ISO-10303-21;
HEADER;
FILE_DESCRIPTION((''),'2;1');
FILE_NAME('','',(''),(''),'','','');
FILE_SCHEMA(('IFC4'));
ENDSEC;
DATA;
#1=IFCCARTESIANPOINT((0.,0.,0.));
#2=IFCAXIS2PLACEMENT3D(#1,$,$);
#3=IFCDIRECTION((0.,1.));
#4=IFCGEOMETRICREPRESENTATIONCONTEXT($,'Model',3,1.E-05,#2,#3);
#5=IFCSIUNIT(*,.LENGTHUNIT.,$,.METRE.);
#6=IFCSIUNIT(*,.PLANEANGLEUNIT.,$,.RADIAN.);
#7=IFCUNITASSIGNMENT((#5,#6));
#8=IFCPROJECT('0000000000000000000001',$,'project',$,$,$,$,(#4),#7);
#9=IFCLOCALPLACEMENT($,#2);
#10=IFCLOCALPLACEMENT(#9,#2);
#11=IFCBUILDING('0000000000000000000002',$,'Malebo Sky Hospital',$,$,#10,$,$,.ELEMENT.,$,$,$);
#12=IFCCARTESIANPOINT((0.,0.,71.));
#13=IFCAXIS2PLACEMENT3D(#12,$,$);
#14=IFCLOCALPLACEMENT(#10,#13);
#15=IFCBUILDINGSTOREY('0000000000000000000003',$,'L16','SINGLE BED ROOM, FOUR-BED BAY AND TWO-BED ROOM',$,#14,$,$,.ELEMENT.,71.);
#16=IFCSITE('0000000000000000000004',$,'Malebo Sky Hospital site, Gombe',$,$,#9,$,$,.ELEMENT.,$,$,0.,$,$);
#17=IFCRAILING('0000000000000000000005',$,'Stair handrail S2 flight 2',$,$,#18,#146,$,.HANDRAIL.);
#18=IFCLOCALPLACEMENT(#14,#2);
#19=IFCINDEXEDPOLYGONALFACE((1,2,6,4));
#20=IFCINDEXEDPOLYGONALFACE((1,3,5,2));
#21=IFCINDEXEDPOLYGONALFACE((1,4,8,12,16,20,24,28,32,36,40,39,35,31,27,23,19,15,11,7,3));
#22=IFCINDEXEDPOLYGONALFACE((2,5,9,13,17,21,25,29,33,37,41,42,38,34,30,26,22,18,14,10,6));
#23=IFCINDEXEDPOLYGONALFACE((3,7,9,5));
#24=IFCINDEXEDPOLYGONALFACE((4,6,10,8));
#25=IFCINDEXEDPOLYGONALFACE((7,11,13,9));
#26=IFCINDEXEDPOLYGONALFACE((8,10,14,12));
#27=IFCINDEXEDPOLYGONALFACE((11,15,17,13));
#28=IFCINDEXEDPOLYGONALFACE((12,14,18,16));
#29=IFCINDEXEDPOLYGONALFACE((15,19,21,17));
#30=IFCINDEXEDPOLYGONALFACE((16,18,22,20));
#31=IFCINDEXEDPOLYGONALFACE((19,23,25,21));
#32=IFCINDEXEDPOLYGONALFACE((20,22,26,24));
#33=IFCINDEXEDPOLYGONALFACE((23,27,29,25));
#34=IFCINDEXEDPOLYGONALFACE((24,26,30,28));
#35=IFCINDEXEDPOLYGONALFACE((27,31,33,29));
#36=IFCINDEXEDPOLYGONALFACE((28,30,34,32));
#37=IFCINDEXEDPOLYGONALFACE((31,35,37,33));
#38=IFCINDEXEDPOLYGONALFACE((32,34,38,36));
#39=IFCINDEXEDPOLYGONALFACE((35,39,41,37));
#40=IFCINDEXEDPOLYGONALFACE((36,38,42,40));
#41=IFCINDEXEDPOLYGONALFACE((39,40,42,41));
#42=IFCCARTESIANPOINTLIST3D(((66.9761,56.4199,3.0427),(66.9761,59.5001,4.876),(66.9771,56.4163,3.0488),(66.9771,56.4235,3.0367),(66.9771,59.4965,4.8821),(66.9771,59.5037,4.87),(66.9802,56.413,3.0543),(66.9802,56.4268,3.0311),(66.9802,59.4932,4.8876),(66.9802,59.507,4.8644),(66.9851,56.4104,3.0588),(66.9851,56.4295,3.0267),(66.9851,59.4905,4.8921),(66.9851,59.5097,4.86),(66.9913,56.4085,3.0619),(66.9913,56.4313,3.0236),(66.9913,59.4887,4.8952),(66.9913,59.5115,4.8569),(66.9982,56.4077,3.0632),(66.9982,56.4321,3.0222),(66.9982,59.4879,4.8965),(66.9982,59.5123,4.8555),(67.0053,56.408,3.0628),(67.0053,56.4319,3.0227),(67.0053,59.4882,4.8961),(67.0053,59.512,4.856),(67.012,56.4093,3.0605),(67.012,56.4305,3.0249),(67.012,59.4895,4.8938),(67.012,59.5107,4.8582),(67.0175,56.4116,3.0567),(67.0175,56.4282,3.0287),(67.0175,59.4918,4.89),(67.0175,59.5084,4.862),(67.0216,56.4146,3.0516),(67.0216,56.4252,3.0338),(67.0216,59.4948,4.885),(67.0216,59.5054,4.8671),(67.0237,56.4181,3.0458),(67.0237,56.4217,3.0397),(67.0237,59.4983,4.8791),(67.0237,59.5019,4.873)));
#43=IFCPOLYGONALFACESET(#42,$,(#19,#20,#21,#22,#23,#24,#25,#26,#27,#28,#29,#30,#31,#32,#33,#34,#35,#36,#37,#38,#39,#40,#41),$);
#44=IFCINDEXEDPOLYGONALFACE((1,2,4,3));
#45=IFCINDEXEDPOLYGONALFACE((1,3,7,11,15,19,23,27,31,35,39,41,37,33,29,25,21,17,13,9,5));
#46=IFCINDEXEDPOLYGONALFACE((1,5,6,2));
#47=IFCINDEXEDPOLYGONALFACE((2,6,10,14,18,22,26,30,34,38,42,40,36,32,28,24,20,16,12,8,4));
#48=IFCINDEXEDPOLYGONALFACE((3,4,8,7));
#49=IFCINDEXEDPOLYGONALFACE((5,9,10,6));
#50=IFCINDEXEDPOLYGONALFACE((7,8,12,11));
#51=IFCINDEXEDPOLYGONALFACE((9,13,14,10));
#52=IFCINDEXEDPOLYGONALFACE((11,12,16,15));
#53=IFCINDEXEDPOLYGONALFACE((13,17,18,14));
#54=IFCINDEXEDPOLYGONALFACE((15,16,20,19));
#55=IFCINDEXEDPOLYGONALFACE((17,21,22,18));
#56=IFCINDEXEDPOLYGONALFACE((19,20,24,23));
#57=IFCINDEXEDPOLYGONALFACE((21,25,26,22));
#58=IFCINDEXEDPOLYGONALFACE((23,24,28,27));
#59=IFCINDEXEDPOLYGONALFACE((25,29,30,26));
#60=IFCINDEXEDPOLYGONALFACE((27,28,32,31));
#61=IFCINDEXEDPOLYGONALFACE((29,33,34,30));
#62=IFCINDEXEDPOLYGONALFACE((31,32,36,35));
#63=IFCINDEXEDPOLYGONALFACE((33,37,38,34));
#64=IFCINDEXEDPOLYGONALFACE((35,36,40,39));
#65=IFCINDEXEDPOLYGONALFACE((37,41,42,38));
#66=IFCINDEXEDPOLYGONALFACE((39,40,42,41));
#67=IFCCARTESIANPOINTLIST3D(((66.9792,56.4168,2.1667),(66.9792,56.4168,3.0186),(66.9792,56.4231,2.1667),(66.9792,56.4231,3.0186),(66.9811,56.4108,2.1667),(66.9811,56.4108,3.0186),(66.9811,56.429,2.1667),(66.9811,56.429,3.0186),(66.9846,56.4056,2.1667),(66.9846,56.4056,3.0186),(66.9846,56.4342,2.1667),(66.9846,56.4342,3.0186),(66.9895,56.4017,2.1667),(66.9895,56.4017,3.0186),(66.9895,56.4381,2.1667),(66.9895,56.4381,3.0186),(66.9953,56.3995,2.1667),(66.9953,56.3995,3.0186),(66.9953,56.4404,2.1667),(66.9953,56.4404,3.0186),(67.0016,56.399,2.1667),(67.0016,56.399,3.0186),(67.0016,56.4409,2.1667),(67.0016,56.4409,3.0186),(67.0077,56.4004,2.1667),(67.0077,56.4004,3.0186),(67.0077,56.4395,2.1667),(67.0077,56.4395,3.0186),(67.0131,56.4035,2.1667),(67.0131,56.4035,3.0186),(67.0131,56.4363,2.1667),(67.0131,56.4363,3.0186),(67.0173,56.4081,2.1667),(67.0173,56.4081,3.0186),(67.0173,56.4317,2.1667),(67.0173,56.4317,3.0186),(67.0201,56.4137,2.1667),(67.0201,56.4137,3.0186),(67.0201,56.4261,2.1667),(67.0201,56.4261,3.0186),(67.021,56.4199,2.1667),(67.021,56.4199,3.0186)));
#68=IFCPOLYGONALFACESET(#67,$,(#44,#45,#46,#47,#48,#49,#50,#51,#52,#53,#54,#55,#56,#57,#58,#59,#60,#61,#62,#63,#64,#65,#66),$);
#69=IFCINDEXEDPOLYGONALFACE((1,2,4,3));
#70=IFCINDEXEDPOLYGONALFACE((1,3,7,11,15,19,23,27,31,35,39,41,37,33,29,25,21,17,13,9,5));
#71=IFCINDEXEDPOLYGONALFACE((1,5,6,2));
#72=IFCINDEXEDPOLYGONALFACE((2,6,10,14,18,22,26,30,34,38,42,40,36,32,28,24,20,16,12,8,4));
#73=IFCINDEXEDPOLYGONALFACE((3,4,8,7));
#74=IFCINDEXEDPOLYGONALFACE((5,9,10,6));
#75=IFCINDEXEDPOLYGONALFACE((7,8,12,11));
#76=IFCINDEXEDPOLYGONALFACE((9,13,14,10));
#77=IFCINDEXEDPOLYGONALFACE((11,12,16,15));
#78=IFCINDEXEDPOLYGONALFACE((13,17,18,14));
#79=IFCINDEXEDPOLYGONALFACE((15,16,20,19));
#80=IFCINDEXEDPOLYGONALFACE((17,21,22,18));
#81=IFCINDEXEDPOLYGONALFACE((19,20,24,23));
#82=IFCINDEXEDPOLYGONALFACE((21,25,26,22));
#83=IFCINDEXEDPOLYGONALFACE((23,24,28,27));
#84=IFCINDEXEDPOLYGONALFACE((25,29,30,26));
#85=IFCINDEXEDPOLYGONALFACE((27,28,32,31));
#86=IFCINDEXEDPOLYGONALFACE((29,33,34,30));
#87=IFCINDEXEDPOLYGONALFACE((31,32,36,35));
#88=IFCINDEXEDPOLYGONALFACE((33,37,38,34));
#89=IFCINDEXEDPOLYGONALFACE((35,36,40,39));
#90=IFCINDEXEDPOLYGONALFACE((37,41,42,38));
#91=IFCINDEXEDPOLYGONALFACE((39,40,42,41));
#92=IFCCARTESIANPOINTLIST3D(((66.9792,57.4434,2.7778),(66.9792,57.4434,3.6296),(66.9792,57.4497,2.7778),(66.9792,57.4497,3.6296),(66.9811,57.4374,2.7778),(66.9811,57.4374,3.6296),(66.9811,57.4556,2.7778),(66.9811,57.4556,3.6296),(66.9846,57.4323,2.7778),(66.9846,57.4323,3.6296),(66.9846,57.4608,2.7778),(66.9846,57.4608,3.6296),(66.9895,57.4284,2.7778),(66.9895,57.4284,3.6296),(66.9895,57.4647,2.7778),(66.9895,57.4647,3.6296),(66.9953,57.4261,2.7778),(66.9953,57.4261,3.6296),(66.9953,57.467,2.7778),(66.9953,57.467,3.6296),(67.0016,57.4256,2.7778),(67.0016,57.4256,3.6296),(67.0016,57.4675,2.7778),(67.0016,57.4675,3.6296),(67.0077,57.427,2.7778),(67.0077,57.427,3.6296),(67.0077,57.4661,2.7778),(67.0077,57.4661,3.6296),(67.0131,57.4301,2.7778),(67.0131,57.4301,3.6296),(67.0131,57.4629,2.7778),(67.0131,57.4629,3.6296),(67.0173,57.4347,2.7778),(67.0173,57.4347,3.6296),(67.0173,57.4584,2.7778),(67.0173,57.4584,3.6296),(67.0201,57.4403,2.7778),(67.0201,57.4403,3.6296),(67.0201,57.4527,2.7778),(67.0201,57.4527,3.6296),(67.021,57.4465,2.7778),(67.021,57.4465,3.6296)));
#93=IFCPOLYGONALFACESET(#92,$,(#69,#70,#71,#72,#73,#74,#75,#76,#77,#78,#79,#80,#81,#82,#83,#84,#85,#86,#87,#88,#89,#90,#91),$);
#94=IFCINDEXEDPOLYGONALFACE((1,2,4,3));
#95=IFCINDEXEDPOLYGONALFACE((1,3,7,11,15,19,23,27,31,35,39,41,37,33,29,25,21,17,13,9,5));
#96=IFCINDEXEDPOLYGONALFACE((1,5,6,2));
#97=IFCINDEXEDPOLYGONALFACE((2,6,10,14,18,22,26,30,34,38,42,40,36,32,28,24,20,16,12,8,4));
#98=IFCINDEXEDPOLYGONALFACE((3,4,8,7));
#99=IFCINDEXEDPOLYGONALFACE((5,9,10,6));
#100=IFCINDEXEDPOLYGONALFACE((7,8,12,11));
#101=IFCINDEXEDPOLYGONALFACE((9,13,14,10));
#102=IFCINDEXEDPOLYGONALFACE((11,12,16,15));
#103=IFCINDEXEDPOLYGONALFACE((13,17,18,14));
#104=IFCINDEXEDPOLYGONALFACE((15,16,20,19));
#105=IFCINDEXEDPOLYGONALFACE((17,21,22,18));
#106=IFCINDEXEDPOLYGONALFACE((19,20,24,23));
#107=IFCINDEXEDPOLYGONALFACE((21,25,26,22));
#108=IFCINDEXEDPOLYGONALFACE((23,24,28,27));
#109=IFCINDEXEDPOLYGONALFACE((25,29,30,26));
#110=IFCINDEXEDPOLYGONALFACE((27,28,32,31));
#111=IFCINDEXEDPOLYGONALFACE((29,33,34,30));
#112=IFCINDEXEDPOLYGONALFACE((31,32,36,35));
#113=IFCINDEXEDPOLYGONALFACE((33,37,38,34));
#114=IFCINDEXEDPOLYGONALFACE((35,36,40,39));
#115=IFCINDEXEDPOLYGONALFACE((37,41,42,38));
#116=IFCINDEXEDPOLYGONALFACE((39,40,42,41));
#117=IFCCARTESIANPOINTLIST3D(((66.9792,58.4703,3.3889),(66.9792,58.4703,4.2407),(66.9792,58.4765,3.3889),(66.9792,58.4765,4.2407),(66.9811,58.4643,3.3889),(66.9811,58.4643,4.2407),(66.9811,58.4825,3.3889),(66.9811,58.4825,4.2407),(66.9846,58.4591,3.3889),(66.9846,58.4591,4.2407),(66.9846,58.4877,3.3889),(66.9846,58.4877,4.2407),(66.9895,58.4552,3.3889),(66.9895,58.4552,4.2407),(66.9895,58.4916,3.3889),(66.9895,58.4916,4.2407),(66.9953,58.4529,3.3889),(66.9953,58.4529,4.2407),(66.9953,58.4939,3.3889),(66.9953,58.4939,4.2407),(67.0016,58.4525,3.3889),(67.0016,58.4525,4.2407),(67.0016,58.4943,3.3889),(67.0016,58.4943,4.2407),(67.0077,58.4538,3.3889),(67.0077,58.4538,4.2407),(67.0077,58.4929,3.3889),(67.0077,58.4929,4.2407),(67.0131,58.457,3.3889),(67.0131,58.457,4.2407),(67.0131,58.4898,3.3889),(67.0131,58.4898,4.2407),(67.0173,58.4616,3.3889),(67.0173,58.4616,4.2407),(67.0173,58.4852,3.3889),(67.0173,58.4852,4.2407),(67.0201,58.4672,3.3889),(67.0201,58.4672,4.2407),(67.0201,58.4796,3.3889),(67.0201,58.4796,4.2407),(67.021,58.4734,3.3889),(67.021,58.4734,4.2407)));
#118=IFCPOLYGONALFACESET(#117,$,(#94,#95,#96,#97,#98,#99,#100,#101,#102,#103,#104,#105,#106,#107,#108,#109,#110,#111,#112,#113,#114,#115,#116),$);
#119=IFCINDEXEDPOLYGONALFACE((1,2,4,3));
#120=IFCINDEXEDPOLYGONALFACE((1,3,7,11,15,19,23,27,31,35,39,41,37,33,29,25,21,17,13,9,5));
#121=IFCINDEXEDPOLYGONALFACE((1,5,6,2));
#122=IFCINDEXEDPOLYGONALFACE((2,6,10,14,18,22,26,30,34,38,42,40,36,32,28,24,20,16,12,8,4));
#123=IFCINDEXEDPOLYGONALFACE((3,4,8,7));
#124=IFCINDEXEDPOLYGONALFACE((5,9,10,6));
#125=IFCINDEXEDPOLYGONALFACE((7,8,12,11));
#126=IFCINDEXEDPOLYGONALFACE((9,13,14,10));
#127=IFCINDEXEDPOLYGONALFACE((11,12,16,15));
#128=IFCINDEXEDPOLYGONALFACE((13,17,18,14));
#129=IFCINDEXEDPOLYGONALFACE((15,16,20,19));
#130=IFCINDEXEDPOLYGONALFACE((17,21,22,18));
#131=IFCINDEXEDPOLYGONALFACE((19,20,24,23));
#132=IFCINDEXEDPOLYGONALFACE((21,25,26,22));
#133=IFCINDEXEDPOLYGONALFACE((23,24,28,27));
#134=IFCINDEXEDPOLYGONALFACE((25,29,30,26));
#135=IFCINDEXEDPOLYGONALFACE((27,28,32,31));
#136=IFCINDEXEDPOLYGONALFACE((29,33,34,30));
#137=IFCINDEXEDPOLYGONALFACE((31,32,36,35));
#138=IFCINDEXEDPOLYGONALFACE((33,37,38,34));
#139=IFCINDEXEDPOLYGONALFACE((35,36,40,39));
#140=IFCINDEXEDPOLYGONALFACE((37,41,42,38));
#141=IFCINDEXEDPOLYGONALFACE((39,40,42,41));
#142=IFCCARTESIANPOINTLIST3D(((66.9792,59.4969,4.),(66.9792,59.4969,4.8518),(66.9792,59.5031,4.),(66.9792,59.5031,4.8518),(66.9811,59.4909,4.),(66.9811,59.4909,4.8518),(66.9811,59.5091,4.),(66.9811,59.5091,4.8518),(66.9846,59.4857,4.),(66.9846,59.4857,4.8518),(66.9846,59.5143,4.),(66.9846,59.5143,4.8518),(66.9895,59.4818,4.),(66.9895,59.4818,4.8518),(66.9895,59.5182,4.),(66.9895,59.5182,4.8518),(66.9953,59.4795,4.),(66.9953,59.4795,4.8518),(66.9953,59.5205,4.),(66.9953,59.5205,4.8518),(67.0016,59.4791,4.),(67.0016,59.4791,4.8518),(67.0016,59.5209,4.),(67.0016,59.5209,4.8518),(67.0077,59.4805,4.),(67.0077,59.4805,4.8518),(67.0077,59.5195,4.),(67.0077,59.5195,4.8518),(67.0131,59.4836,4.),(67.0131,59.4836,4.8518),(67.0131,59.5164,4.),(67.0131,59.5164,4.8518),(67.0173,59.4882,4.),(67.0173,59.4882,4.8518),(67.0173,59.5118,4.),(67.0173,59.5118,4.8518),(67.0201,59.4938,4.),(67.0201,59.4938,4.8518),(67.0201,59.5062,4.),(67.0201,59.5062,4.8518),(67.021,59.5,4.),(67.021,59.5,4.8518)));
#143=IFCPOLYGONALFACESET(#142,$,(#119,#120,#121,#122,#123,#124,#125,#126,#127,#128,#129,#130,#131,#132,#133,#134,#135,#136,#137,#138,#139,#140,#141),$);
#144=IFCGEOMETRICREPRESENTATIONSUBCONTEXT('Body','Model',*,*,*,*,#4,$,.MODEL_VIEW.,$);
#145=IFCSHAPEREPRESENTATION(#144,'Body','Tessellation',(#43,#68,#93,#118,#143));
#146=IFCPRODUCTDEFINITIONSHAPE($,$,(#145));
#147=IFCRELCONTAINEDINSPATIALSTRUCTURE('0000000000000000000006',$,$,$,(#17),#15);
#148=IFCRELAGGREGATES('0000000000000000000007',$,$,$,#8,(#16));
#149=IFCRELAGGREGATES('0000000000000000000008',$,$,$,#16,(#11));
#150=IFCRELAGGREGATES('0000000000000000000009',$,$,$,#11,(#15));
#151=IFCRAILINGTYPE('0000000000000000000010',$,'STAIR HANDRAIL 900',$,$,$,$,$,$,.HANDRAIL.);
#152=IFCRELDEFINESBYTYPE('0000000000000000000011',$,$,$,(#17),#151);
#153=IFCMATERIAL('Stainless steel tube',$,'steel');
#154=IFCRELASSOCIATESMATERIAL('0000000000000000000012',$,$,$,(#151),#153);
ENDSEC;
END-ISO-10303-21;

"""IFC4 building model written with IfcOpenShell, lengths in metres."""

from ifc_helpers import new_model, si_unit, direction, frame, origin, origin_2d, place, context, subcontext, project, spatial, circle, extrude, material, type_object, element, save


model = new_model("IFC4")

# Units and contexts
model_context = context("Model", 3, precision=1e-05, world=origin(), true_north=direction((0.0, 1.0)))
body_context = subcontext(model_context, "Body", "Model", "MODEL_VIEW")
ifc_project = project(units=[si_unit("LENGTHUNIT", "METRE"), si_unit("PLANEANGLEUNIT", "RADIAN")], contexts=[model_context])

# Site, building, storey
site_placement = place(None, origin())
site = spatial("IfcSite", under=ifc_project, at=site_placement, Name="Malebo Sky Hospital site, Gombe", CompositionType="ELEMENT", RefElevation=0.0)
building_placement = place(site_placement, origin())
building = spatial("IfcBuilding", under=site, at=building_placement, Name="Malebo Sky Hospital", CompositionType="ELEMENT")
storey_placement = place(building_placement, frame((0.0, 0.0, 71.0)))
storey = spatial("IfcBuildingStorey", under=building, at=storey_placement, Name="L16", Description="SINGLE BED ROOM, FOUR-BED BAY AND TWO-BED ROOM", CompositionType="ELEMENT", Elevation=71.0)

# Railing
ifc_material_1 = material(Name="Stainless steel tube", Category="steel")
railing_type = type_object("IfcRailingType", Name="STAIR HANDRAIL 900", PredefinedType="HANDRAIL", material=ifc_material_1)
railing_1_placement = place(storey_placement, frame((67.0, 56.4199, 2.1667)))
element("IfcRailing", 1, at=railing_1_placement, inside=storey, type_object=railing_type, Name="Stair handrail S2 flight 2", PredefinedType="HANDRAIL", context=body_context, shape_type="SweptSolid", body=[
    extrude(circle(Radius=0.0239, at=origin_2d()), frame((0.0, 0.0, 0.876), z_axis=(0.0, 0.859309, 0.511458), x_axis=(-1.0, 0.0, 0.0)), (0.0, 0.0, 1.0), 3.5845),
    extrude(circle(Radius=0.021, at=origin_2d()), origin(), (0.0, 0.0, 1.0), 0.8518),
    extrude(circle(Radius=0.021, at=origin_2d()), frame((0.0, 1.0266, 0.6111)), (0.0, 0.0, 1.0), 0.8518),
    extrude(circle(Radius=0.021, at=origin_2d()), frame((0.0, 2.0535, 1.2222)), (0.0, 0.0, 1.0), 0.8518),
    extrude(circle(Radius=0.021, at=origin_2d()), frame((0.0, 3.0801, 1.8333)), (0.0, 0.0, 1.0), 0.8518),
])

save(model, "model.ifc")
